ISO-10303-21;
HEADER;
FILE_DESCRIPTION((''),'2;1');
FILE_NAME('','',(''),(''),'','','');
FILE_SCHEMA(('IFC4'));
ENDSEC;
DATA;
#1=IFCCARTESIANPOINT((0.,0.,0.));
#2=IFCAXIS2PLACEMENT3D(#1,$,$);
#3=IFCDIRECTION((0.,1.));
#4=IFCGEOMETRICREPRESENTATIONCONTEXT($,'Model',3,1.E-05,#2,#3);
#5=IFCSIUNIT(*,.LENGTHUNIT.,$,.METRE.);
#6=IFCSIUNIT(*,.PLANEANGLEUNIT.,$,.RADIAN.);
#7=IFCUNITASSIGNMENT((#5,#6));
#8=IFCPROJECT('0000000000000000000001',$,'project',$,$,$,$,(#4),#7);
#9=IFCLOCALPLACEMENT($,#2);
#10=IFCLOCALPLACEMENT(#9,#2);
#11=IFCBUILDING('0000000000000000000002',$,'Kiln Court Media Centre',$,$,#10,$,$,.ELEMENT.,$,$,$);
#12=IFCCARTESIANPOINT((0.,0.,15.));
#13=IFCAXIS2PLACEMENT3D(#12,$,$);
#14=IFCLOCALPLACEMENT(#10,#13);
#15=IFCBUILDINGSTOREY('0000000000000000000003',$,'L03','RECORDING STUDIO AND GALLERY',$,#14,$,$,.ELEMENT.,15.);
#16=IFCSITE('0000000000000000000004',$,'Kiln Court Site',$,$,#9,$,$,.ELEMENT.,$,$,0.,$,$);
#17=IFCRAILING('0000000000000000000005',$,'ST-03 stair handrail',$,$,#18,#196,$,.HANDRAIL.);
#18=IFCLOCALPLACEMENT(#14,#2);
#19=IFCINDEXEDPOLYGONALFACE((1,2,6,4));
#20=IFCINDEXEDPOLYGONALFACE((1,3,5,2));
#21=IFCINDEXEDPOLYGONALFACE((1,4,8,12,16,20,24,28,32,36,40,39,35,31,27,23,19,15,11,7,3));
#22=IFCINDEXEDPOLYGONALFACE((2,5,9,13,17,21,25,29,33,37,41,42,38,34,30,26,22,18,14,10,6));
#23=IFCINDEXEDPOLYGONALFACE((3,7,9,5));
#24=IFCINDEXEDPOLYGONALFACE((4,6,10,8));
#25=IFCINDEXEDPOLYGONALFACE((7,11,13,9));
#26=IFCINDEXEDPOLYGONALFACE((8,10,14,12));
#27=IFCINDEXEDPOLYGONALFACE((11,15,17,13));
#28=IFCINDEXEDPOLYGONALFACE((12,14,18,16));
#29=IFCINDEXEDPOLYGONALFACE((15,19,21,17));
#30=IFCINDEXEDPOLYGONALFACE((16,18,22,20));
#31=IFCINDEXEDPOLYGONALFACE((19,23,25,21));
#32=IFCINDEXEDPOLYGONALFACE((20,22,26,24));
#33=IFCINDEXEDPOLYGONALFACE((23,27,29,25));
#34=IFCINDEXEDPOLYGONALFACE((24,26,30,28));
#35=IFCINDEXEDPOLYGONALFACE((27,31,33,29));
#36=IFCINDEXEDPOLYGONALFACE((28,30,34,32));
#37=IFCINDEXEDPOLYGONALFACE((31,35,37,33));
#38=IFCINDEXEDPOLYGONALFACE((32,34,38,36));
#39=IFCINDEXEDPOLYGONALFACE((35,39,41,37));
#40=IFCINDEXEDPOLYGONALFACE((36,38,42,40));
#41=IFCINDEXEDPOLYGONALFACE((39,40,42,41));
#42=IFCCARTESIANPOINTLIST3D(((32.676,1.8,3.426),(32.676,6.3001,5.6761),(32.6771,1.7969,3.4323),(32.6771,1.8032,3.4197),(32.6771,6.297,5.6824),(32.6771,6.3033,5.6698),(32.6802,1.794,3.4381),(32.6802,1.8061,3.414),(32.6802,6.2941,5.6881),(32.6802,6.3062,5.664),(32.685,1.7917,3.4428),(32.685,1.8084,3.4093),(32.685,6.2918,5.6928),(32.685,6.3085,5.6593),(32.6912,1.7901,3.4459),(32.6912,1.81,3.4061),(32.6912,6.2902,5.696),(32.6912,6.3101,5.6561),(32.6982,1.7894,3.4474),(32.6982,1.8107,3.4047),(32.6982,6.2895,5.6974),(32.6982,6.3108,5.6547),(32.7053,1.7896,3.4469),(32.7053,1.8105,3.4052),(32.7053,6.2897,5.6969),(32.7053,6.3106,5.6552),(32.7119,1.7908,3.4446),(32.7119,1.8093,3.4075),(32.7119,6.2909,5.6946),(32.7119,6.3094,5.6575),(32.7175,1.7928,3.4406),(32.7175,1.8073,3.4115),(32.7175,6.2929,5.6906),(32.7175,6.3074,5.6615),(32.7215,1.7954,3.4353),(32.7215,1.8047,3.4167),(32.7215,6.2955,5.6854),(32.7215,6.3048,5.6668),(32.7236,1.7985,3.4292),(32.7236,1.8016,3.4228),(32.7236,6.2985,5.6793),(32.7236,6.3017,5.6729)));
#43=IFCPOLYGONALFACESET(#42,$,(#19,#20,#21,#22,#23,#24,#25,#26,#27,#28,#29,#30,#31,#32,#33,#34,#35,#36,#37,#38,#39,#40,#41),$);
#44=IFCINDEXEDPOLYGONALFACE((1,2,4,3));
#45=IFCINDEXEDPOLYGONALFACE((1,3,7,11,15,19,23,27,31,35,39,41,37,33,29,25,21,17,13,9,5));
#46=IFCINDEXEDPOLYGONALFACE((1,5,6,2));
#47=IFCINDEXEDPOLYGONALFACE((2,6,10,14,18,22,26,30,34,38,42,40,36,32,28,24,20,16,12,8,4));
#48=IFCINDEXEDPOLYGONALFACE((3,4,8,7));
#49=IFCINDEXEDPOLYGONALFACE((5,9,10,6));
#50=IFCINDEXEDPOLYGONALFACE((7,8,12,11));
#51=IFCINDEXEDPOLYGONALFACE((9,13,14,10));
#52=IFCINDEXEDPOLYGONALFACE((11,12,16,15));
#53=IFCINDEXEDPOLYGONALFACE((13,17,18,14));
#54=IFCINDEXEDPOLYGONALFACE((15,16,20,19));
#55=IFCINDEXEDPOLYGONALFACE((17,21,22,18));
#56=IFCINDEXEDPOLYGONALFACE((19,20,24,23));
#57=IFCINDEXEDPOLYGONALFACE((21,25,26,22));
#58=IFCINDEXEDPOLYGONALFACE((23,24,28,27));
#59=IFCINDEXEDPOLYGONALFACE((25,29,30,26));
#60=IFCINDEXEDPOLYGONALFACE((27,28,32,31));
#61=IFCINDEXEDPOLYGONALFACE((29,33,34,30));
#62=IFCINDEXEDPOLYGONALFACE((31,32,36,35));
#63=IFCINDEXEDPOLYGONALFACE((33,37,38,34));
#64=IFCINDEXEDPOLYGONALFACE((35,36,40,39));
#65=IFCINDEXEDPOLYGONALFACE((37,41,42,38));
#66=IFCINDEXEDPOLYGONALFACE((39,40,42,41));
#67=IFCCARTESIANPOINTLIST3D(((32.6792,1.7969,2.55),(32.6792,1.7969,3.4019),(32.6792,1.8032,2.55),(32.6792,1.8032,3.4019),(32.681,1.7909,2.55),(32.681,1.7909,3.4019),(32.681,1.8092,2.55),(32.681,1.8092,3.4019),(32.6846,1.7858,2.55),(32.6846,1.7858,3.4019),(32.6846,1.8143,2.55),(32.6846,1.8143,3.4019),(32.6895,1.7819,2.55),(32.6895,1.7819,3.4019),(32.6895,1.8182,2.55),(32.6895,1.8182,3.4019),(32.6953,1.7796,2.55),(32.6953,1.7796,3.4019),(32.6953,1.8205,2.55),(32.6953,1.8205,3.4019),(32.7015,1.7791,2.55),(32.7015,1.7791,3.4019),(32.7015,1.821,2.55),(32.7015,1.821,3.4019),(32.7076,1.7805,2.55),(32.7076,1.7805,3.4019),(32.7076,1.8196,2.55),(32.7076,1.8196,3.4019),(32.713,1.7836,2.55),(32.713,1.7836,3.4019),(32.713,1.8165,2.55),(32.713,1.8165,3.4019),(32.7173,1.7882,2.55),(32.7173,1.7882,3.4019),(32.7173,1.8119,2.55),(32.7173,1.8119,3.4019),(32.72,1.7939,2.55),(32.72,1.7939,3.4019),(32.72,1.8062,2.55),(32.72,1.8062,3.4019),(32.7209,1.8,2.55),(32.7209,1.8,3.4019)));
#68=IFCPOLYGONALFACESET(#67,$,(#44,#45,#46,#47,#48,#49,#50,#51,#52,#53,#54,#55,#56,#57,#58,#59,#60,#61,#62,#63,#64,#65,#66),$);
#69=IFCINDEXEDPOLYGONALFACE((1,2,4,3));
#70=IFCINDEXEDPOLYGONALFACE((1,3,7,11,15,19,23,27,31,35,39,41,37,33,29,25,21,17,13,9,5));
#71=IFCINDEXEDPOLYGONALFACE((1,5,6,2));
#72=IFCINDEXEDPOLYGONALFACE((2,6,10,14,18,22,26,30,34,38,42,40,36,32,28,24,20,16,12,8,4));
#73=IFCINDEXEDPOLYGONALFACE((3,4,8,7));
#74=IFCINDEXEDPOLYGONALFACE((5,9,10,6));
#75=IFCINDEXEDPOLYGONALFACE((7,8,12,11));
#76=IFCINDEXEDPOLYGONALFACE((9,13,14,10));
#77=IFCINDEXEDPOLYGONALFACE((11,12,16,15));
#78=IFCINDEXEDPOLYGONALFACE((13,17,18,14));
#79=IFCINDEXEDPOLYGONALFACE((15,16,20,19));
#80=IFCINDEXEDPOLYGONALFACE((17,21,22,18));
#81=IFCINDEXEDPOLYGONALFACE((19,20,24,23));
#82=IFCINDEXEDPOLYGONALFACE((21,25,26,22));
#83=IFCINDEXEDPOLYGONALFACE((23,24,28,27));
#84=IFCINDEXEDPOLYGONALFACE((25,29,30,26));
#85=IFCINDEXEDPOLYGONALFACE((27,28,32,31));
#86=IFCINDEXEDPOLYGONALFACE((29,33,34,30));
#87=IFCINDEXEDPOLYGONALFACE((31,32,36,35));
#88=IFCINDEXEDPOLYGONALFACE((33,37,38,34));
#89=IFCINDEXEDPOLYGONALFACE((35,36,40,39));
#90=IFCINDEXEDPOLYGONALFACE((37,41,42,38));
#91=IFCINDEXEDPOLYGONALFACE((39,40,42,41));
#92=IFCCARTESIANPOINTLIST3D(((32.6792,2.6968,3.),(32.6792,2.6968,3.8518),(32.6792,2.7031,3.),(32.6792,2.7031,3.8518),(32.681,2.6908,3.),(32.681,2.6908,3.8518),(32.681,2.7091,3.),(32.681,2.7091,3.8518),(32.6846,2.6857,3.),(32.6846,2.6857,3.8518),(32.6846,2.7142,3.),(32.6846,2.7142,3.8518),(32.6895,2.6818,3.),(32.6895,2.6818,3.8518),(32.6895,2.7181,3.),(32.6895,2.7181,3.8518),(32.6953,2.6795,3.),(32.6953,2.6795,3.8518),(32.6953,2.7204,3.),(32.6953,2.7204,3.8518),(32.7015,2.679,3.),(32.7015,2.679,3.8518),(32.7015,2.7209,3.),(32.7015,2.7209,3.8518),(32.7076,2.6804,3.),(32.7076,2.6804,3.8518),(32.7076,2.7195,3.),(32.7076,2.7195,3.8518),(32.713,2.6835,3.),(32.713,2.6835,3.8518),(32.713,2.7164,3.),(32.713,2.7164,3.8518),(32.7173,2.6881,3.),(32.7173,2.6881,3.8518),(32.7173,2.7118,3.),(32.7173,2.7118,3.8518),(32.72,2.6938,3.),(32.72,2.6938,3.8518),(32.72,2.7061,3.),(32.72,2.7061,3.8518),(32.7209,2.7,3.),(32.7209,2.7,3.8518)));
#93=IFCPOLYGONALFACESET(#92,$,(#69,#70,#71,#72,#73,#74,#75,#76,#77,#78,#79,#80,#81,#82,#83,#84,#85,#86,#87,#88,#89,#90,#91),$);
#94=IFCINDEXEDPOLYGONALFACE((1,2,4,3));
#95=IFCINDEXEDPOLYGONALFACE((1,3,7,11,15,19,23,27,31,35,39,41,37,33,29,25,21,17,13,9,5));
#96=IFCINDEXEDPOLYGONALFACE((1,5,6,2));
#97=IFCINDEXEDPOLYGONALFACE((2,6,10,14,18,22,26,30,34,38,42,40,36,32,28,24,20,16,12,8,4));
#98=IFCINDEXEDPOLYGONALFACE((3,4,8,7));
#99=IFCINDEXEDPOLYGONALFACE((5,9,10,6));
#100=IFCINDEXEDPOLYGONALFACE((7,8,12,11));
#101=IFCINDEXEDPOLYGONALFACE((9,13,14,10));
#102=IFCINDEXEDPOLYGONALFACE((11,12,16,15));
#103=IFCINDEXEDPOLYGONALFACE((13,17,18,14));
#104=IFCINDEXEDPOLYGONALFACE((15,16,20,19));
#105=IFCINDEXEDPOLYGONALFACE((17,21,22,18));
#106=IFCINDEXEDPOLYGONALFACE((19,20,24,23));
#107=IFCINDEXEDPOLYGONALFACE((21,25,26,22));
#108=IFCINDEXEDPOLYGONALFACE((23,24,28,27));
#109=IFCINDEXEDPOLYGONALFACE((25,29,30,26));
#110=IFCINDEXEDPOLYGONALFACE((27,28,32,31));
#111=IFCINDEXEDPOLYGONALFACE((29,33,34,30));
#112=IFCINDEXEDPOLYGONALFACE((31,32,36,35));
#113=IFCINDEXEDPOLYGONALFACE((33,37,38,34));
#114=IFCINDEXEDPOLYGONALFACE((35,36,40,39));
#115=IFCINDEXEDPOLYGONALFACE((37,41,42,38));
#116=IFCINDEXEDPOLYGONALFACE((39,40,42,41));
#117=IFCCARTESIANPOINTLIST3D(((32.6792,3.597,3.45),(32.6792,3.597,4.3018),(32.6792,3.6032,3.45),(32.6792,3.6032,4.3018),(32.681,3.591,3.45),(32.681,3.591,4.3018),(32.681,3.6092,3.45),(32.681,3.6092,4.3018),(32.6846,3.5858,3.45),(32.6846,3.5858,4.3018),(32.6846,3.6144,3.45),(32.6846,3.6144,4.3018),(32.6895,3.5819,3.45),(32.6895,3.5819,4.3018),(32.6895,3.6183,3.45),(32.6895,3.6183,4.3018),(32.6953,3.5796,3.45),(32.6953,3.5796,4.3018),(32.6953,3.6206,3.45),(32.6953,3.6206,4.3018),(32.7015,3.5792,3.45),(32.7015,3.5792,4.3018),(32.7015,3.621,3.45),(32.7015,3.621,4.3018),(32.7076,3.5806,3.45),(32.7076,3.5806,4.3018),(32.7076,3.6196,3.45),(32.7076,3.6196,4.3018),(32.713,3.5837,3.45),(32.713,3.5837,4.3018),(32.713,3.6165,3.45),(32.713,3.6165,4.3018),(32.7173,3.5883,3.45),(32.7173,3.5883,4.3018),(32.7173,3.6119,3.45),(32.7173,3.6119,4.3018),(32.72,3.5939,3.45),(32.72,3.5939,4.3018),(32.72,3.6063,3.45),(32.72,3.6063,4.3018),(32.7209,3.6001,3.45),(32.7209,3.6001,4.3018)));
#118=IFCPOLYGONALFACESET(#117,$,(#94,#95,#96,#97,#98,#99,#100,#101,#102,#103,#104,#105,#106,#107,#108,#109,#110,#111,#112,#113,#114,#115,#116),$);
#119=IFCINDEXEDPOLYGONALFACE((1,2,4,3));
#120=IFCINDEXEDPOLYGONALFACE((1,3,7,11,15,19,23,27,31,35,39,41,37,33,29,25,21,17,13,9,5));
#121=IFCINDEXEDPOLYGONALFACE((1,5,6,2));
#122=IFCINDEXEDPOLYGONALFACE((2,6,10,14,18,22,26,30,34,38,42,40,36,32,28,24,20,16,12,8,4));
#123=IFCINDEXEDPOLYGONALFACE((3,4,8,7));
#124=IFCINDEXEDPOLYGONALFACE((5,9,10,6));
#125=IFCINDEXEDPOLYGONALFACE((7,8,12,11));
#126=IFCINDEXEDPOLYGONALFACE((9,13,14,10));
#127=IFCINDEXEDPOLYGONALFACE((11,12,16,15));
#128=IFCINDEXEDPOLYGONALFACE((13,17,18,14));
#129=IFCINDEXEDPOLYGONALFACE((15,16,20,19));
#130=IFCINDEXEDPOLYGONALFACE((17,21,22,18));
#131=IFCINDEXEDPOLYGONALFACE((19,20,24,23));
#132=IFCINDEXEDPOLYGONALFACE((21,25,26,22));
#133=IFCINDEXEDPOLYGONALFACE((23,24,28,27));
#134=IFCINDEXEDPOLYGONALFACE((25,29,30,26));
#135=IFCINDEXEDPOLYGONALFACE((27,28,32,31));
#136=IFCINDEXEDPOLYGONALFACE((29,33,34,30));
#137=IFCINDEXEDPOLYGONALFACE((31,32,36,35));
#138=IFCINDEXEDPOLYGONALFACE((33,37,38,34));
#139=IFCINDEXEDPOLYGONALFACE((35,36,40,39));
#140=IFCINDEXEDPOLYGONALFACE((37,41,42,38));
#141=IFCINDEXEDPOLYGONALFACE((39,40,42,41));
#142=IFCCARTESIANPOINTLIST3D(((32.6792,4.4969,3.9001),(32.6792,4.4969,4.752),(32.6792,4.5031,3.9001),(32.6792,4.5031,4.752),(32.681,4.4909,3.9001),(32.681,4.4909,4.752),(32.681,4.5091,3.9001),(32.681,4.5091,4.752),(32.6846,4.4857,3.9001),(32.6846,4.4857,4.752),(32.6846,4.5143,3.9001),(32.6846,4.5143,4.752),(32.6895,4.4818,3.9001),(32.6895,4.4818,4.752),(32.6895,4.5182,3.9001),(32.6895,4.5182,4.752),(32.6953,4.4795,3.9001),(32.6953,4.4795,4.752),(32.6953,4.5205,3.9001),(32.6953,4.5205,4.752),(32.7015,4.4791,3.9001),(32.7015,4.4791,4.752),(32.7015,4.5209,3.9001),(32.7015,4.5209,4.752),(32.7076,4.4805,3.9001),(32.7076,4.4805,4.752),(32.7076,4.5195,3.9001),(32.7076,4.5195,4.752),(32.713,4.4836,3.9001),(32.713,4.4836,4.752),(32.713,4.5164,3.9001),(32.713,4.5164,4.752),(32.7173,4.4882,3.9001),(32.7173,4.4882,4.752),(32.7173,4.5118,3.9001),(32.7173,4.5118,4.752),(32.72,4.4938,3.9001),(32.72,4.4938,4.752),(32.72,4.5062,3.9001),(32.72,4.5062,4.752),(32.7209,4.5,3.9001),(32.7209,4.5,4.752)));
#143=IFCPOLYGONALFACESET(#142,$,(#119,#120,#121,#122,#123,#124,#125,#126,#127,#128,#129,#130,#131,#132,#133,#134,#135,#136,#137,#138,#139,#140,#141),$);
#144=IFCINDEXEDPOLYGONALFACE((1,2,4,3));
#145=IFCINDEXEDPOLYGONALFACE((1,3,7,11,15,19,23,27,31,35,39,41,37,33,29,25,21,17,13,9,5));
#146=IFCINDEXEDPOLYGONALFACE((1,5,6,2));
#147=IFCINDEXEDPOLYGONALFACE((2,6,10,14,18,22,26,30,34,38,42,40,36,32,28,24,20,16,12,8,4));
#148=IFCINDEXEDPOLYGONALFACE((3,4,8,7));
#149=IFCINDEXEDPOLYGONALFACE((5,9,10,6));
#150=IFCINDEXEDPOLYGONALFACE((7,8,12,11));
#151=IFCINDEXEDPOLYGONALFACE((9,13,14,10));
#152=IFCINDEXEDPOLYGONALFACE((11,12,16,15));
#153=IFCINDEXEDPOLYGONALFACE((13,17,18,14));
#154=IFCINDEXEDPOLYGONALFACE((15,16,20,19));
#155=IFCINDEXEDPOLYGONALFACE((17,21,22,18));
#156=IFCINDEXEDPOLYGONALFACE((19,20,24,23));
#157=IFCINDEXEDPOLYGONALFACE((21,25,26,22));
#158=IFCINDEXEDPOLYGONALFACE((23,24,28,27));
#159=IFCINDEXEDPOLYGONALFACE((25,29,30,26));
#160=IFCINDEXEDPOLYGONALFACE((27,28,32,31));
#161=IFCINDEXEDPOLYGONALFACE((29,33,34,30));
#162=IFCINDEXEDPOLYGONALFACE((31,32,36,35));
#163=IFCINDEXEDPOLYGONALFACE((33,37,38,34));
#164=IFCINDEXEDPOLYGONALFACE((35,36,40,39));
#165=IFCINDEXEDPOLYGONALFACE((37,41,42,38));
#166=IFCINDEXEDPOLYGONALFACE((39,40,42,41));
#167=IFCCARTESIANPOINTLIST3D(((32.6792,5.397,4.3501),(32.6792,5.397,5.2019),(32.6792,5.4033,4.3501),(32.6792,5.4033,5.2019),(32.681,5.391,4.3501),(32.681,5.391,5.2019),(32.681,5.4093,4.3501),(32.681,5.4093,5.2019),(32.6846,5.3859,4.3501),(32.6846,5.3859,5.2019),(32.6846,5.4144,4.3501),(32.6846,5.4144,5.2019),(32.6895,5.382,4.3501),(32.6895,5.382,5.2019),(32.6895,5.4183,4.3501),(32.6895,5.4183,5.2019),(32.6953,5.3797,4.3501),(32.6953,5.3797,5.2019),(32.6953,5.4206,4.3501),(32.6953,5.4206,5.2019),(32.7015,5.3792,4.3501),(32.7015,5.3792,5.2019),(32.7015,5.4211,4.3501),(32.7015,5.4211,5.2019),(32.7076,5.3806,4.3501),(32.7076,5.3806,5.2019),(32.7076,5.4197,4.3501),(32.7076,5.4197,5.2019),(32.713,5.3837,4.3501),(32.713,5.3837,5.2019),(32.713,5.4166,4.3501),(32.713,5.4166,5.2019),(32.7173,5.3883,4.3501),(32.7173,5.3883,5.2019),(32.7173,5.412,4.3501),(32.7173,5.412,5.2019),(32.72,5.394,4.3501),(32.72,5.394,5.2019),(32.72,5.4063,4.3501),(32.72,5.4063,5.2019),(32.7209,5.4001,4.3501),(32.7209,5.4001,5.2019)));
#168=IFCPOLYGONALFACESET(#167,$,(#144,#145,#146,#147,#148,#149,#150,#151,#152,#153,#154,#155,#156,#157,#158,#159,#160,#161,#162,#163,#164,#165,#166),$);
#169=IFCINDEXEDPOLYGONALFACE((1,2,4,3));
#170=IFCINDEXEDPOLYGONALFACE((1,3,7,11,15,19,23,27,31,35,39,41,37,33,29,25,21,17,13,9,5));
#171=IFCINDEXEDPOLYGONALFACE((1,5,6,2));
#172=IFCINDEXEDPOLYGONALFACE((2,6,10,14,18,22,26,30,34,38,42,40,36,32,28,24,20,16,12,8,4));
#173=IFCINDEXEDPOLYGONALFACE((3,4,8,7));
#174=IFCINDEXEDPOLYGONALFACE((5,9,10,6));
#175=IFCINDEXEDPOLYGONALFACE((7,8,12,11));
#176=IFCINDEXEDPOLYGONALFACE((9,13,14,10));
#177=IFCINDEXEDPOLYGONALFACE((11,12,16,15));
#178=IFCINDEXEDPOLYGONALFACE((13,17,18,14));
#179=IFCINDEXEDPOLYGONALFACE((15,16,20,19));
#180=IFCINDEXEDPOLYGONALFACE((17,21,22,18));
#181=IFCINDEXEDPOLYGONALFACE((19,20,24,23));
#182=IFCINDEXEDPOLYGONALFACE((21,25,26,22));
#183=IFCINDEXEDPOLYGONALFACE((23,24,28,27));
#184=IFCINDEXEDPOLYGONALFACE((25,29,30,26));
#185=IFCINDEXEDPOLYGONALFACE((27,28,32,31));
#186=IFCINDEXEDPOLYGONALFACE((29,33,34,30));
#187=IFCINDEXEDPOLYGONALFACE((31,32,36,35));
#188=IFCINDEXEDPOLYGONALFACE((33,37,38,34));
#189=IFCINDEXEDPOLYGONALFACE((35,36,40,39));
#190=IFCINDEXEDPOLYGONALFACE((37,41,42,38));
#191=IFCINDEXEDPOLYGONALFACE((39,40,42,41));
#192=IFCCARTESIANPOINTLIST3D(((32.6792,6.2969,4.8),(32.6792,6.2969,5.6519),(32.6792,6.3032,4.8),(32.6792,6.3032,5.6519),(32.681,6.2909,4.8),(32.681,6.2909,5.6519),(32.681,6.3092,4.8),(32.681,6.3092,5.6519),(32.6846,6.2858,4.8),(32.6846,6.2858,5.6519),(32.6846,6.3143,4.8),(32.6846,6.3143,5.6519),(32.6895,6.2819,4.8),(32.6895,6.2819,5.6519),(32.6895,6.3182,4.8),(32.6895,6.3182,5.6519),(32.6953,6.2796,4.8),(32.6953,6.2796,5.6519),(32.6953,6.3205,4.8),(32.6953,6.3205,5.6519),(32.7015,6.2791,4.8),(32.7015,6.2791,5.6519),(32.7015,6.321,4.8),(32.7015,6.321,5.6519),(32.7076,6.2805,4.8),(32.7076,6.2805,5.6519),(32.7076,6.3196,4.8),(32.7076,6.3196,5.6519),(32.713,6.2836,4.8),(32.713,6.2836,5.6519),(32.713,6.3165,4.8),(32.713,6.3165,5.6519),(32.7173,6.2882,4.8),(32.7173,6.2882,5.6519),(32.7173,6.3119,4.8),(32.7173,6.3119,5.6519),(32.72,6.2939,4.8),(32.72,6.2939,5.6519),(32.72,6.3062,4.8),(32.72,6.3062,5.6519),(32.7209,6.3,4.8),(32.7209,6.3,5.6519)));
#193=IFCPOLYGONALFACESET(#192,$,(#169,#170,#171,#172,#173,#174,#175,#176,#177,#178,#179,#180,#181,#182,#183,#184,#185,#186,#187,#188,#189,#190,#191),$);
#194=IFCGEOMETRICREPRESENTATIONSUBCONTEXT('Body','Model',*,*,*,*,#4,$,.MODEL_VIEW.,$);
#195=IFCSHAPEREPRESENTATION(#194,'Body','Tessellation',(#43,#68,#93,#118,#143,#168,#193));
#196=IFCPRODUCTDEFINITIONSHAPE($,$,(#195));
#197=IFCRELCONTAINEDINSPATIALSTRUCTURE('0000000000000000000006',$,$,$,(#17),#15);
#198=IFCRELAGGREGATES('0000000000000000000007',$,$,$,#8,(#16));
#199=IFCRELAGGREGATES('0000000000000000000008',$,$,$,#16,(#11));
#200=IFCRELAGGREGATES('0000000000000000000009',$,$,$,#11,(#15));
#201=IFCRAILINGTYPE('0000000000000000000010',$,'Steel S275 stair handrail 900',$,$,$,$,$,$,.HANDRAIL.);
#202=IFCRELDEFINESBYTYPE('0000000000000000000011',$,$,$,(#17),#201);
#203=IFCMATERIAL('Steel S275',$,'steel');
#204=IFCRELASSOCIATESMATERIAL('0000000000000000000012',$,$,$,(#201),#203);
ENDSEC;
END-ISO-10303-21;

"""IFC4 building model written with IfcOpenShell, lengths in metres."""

from ifc_helpers import new_model, si_unit, direction, frame, origin, origin_2d, place, context, subcontext, project, spatial, circle, extrude, material, type_object, element, save


model = new_model("IFC4")

# Units and contexts
model_context = context("Model", 3, precision=1e-05, world=origin(), true_north=direction((0.0, 1.0)))
body_context = subcontext(model_context, "Body", "Model", "MODEL_VIEW")
ifc_project = project(units=[si_unit("LENGTHUNIT", "METRE"), si_unit("PLANEANGLEUNIT", "RADIAN")], contexts=[model_context])

# Site, building, storey
site_placement = place(None, origin())
site = spatial("IfcSite", under=ifc_project, at=site_placement, Name="Kiln Court Site", CompositionType="ELEMENT", RefElevation=0.0)
building_placement = place(site_placement, origin())
building = spatial("IfcBuilding", under=site, at=building_placement, Name="Kiln Court Media Centre", CompositionType="ELEMENT")
storey_placement = place(building_placement, frame((0.0, 0.0, 15.0)))
storey = spatial("IfcBuildingStorey", under=building, at=storey_placement, Name="L03", Description="RECORDING STUDIO AND GALLERY", CompositionType="ELEMENT", Elevation=15.0)

# Railing
ifc_material_1 = material(Name="Steel S275", Category="steel")
railing_type_1 = type_object("IfcRailingType", Name="Steel S275 stair handrail 900", PredefinedType="HANDRAIL", material=ifc_material_1)
railing_1_placement = place(storey_placement, frame((32.7, 1.8, 2.55)))
element("IfcRailing", 1, at=railing_1_placement, inside=storey, type_object=railing_type_1, Name="ST-03 stair handrail", PredefinedType="HANDRAIL", context=body_context, shape_type="SweptSolid", body=[
    extrude(circle(Radius=0.0239, at=origin_2d()), frame((0.0, 0.0, 0.876), z_axis=(0.0, 0.894427, 0.447214), x_axis=(-1.0, 0.0, 0.0)), (0.0, 0.0, 1.0), 5.0312),
    extrude(circle(Radius=0.021, at=origin_2d()), origin(), (0.0, 0.0, 1.0), 0.8518),
    extrude(circle(Radius=0.021, at=origin_2d()), frame((0.0, 0.8999, 0.45)), (0.0, 0.0, 1.0), 0.8518),
    extrude(circle(Radius=0.021, at=origin_2d()), frame((0.0, 1.8, 0.8999)), (0.0, 0.0, 1.0), 0.8518),
    extrude(circle(Radius=0.021, at=origin_2d()), frame((0.0, 2.7, 1.3501)), (0.0, 0.0, 1.0), 0.8518),
    extrude(circle(Radius=0.021, at=origin_2d()), frame((0.0, 3.6001, 1.8)), (0.0, 0.0, 1.0), 0.8518),
    extrude(circle(Radius=0.021, at=origin_2d()), frame((0.0, 4.5, 2.25)), (0.0, 0.0, 1.0), 0.8518),
])

save(model, "model.ifc")
